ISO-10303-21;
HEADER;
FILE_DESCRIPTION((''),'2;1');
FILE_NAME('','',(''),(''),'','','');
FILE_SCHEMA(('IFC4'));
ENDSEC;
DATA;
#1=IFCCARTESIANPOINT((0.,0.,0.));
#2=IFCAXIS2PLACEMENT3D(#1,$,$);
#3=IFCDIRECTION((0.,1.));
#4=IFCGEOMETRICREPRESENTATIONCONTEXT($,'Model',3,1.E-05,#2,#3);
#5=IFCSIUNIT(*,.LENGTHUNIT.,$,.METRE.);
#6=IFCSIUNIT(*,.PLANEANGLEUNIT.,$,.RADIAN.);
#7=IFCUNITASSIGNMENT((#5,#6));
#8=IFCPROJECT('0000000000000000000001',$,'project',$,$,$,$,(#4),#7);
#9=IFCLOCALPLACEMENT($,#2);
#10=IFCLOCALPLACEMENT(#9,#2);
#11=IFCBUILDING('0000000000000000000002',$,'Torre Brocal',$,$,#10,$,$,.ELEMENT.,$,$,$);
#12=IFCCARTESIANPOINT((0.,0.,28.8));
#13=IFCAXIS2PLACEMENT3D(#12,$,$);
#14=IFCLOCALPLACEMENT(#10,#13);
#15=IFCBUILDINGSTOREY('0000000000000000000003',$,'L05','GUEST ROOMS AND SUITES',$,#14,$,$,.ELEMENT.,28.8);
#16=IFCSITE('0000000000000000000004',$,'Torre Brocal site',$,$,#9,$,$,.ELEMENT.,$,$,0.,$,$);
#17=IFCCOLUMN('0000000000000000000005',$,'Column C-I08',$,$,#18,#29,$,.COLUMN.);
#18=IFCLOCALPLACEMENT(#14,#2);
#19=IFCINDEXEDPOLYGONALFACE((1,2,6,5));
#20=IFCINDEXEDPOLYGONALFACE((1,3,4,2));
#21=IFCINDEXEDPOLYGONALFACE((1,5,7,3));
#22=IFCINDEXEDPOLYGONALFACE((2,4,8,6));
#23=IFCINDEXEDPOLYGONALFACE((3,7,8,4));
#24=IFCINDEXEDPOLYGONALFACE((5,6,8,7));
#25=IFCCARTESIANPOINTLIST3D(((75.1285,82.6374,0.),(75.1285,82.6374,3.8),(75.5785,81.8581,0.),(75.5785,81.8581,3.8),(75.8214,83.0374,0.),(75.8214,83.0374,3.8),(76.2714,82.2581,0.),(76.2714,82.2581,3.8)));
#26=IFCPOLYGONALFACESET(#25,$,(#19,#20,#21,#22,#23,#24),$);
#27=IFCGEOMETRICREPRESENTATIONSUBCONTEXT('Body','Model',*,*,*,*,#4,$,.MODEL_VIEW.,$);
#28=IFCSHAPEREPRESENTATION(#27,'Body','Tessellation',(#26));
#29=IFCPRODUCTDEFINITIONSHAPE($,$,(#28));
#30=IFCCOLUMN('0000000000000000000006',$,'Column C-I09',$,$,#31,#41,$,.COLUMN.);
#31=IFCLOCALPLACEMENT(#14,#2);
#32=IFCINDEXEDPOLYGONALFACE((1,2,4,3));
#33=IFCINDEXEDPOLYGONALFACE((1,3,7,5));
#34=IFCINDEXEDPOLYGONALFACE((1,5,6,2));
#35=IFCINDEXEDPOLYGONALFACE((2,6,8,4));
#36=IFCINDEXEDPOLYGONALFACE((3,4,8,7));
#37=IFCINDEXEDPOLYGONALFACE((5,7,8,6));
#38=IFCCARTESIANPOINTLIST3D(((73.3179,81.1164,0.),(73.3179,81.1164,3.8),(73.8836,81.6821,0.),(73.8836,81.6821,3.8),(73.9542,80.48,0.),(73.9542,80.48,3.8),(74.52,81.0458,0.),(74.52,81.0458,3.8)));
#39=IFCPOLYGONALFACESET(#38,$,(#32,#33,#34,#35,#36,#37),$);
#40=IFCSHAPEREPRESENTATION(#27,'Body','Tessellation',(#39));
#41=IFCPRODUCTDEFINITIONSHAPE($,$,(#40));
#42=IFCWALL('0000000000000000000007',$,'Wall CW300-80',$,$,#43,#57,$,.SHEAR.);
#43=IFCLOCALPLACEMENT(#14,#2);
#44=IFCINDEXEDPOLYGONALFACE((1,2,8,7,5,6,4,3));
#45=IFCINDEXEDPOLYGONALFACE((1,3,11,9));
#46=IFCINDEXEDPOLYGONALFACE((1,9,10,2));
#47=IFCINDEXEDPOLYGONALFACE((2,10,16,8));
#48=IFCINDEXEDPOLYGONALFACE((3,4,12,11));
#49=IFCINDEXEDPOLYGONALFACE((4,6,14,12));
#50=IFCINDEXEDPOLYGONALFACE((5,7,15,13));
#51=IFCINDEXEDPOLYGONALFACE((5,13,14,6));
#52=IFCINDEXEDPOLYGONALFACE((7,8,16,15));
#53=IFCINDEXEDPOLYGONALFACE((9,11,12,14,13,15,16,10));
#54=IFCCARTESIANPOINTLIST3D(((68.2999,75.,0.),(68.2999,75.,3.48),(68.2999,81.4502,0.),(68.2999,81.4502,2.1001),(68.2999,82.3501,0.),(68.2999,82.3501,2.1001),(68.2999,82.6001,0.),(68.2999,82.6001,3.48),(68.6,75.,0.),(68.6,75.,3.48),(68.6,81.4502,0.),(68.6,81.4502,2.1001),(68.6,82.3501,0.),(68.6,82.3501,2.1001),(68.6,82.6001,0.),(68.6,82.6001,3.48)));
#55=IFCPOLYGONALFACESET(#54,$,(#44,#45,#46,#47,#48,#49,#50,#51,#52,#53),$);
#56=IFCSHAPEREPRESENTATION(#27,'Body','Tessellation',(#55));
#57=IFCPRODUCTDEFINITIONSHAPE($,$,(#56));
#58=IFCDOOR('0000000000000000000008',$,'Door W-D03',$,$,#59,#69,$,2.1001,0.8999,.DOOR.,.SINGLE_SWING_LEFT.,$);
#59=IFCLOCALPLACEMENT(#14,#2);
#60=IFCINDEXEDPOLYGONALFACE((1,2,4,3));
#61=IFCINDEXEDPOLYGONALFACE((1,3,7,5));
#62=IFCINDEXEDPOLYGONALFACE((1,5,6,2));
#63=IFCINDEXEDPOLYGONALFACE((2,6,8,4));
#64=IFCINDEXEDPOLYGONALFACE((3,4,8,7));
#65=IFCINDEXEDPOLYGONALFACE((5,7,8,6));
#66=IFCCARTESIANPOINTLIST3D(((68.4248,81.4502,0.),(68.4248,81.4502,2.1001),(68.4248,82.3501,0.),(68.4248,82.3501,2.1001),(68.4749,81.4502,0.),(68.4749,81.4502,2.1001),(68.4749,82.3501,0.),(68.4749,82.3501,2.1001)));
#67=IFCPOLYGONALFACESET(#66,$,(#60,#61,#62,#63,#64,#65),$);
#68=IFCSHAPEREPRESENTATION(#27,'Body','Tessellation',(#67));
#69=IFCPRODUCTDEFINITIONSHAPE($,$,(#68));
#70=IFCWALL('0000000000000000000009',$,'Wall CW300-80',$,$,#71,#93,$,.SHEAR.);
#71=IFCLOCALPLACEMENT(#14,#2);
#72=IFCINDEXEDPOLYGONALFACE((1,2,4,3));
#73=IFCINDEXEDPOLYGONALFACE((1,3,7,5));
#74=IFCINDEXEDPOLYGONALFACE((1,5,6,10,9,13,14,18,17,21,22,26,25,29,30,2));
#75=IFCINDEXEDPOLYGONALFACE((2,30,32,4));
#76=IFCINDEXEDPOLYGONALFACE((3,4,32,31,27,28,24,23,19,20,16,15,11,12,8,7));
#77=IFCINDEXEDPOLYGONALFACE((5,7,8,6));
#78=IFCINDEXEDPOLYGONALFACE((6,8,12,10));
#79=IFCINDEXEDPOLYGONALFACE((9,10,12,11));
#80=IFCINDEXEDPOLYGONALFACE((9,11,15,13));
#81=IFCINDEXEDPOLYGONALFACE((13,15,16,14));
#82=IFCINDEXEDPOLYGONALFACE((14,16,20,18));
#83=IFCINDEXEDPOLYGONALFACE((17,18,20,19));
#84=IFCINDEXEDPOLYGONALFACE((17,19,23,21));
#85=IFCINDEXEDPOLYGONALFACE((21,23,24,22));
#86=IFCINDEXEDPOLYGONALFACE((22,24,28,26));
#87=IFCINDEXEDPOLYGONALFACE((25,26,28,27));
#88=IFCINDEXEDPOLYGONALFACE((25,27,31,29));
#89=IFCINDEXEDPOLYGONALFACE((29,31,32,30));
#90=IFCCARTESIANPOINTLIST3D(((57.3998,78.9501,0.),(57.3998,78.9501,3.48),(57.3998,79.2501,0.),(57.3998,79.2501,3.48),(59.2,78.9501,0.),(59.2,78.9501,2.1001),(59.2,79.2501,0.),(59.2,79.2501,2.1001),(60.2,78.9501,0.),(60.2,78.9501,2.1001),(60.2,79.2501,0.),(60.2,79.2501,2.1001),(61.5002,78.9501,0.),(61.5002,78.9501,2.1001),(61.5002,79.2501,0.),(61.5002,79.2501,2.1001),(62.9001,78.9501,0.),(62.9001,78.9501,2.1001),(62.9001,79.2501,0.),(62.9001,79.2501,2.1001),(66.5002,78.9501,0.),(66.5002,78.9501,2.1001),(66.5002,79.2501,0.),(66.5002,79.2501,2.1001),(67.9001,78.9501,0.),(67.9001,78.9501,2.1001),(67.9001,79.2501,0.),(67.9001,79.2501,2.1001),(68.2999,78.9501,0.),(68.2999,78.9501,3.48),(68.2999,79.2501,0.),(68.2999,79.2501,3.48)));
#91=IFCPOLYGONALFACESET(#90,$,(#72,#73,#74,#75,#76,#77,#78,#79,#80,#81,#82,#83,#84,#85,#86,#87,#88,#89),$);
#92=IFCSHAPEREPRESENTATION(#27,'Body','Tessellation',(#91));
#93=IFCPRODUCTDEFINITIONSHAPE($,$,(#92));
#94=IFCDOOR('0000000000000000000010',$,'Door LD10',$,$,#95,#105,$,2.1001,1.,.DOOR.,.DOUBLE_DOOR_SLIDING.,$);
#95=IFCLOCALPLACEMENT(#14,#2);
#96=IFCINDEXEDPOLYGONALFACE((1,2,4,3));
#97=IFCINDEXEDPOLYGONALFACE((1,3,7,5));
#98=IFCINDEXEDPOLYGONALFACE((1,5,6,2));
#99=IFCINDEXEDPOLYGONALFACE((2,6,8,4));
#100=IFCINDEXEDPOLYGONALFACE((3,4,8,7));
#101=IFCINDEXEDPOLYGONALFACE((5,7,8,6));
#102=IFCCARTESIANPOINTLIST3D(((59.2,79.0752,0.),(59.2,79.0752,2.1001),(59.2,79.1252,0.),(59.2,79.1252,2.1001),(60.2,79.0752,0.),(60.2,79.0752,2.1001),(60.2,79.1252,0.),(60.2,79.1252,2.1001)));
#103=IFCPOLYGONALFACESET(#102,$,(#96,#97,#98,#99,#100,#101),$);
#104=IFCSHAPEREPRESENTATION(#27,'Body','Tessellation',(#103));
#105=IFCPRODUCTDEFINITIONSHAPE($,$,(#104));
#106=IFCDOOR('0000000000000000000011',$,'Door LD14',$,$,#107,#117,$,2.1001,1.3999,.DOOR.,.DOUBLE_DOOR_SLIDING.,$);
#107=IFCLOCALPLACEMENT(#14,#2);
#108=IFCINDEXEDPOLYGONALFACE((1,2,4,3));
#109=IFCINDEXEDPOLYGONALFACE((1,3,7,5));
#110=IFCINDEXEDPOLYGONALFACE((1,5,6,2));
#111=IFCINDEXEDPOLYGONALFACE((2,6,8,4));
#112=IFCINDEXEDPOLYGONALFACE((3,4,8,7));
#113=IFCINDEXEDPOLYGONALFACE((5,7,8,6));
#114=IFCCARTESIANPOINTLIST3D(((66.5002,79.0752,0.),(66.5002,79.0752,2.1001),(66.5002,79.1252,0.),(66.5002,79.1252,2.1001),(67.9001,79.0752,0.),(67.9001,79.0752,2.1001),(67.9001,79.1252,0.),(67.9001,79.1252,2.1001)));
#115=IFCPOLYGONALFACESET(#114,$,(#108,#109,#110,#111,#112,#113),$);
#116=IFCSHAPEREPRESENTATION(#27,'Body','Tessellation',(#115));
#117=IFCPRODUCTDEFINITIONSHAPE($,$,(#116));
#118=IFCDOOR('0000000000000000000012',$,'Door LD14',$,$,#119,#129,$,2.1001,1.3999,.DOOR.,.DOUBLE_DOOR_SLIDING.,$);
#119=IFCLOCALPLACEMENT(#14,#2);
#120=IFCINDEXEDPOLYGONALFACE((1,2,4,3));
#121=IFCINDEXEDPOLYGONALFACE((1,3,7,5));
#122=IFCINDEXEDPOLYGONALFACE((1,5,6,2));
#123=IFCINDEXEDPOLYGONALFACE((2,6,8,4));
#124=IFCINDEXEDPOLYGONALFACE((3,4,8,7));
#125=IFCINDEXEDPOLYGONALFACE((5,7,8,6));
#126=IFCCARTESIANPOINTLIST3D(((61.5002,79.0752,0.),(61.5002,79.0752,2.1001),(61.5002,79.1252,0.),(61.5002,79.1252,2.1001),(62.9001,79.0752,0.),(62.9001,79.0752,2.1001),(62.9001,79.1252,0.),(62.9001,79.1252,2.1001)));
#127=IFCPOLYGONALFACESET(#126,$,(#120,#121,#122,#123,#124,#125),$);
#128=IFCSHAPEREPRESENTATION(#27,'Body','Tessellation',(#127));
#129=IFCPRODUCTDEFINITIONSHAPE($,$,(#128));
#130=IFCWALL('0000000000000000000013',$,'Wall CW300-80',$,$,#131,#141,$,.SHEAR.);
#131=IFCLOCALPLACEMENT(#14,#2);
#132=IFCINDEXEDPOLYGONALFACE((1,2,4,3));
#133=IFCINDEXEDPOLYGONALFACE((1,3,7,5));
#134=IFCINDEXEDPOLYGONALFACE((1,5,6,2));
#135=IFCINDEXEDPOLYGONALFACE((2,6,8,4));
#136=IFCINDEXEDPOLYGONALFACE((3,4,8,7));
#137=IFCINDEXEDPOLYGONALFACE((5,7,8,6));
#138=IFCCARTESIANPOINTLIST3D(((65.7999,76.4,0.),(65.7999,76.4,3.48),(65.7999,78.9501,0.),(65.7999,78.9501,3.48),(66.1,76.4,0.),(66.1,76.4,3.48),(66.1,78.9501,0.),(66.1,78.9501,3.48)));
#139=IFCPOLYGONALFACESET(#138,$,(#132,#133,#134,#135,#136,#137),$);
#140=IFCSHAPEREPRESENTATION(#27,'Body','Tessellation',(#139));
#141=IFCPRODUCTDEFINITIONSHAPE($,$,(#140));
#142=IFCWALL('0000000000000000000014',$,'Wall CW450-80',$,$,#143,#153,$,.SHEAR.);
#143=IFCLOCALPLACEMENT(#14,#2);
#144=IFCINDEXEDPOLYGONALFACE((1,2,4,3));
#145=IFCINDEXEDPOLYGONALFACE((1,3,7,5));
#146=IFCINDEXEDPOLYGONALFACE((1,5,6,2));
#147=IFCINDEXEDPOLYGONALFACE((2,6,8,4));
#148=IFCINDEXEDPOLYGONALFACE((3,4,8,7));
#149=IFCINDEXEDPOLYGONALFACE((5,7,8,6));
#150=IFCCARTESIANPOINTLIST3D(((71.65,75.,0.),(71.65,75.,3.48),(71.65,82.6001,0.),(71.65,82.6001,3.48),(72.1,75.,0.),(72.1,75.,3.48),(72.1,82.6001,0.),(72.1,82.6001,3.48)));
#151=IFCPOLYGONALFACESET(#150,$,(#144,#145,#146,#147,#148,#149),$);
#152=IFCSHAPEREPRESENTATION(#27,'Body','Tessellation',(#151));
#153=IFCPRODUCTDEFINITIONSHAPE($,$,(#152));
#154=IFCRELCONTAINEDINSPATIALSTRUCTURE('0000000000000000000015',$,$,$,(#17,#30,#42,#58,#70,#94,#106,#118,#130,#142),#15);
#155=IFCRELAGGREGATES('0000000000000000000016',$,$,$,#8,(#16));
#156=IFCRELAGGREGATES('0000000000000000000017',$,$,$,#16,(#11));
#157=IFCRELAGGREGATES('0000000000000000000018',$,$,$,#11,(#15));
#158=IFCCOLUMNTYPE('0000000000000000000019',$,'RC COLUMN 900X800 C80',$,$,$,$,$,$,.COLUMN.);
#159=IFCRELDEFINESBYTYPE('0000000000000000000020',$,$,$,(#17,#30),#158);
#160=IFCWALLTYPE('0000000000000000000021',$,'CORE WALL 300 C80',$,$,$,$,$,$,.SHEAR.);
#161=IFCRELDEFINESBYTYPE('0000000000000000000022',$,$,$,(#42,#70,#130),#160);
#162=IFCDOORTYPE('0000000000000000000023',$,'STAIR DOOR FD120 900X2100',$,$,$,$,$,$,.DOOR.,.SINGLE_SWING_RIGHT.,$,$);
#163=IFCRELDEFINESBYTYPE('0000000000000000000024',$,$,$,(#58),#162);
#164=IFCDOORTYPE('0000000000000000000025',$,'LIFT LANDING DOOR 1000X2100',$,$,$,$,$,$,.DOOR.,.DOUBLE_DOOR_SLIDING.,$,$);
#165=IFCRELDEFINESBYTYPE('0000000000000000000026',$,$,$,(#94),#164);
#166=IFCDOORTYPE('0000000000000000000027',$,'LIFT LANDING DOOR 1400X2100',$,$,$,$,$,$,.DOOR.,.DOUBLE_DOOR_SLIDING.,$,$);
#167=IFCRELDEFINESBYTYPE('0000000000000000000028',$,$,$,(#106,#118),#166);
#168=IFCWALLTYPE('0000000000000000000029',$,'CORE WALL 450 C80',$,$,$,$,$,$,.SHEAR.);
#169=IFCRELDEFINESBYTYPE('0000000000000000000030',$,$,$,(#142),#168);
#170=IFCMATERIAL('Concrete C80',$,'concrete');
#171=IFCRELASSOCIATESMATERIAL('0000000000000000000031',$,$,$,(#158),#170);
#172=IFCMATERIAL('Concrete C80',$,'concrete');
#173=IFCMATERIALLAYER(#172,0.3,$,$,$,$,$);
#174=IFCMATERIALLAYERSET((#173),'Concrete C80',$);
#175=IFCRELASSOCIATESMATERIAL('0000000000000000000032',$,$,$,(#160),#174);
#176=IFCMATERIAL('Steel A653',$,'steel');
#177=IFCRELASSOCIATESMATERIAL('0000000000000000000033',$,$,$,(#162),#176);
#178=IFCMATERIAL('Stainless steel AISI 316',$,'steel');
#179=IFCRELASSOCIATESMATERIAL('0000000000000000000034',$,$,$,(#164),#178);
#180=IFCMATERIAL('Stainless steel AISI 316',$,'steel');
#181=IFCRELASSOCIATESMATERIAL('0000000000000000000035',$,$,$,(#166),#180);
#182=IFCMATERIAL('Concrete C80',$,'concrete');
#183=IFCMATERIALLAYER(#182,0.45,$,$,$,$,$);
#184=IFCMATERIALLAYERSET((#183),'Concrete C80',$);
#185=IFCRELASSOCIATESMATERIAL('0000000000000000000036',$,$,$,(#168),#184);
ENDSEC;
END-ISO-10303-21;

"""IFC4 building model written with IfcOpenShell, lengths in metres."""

from ifc_helpers import new_model, si_unit, direction, frame, frame_2d, origin, origin_2d, place, context, subcontext, project, spatial, rectangle, extrude, material, layer, layer_set, material_profile, profile_set, type_object, element, fill, save


model = new_model("IFC4")

# Units and contexts
model_context = context("Model", 3, precision=1e-05, world=origin(), true_north=direction((0.0, 1.0)))
body_context = subcontext(model_context, "Body", "Model", "MODEL_VIEW")
ifc_project = project(units=[si_unit("LENGTHUNIT", "METRE"), si_unit("PLANEANGLEUNIT", "RADIAN")], contexts=[model_context])

# Site, building, storey
site_placement = place(None, origin())
site = spatial("IfcSite", under=ifc_project, at=site_placement, Name="Torre Brocal site", CompositionType="ELEMENT", RefElevation=0.0)
building_placement = place(site_placement, origin())
building = spatial("IfcBuilding", under=site, at=building_placement, Name="Torre Brocal", CompositionType="ELEMENT")
storey_placement = place(building_placement, frame((0.0, 0.0, 28.8)))
storey = spatial("IfcBuildingStorey", under=building, at=storey_placement, Name="L05", Description="GUEST ROOMS AND SUITES", CompositionType="ELEMENT", Elevation=28.8)

# Columns
ifc_material_1 = material(Name="Concrete C80", Category="concrete")
ifc_material_profile = material_profile(ifc_material_1, rectangle(XDim=0.8999, YDim=0.8, at=origin_2d()), Name="RC 900X800")
ifc_profile_set = profile_set([ifc_material_profile], Name="Concrete C80")
column_type = type_object("IfcColumnType", Name="RC COLUMN 900X800 C80", PredefinedType="COLUMN", material=ifc_profile_set)
for number, where, z_axis, x_axis, name in (
    (1, (75.7, 82.4478, 0.0), (0.0, 0.0, 1.0), (-0.5, 0.866025, 0.0), "Column C-I08"),
    (2, (73.9189, 81.0811, 0.0), (0.0, 0.0, 1.0), (-0.707107, 0.707107, 0.0), "Column C-I09"),
):
    element("IfcColumn", number, at=place(storey_placement, frame(where, z_axis=z_axis, x_axis=x_axis)), inside=storey, type_object=column_type, Name=name, PredefinedType="COLUMN", context=body_context, shape_type="SweptSolid", body=[
        extrude(rectangle(XDim=0.8999, YDim=0.8, at=origin_2d()), origin(), (0.0, 0.0, 1.0), 3.8),
    ])

# Wall, opening, door
ifc_material_2 = material(Name="Concrete C80", Category="concrete")
ifc_layer_1 = layer(ifc_material_2, 0.3)
ifc_layer_set_1 = layer_set([ifc_layer_1], Name="Concrete C80")
wall_type_1 = type_object("IfcWallType", Name="CORE WALL 300 C80", PredefinedType="SHEAR", material=ifc_layer_set_1)
wall_1_placement = place(storey_placement, frame((68.45, 82.6001, 0.0), z_axis=(0.0, 0.0, 1.0), x_axis=(0.0, -1.0, 0.0)))
wall_1 = element("IfcWall", 3, at=wall_1_placement, inside=storey, type_object=wall_type_1, Name="Wall CW300-80", PredefinedType="SHEAR", context=body_context, shape_type="SweptSolid", body=[
    extrude(rectangle(XDim=7.6001, YDim=0.3, at=frame_2d((3.8, 0.0))), origin(), (0.0, 0.0, 1.0), 3.48),
])
opening_1_placement = place(wall_1_placement, frame((0.25, 0.0, 0.0)))
opening_1 = element("IfcOpeningElement", 4, at=opening_1_placement, cuts=wall_1, PredefinedType="OPENING", context=body_context, shape_type="SweptSolid", body=[
    extrude(rectangle(XDim=0.8999, YDim=2.1001, at=frame_2d((0.45, 1.05))), frame((0.0, 0.1599, 0.0), z_axis=(0.0, -1.0, 0.0), x_axis=(1.0, 0.0, 0.0)), (0.0, 0.0, 1.0), 0.3201),
])
ifc_material_3 = material(Name="Steel A653", Category="steel")
door_type_1 = type_object("IfcDoorType", Name="STAIR DOOR FD120 900X2100", OperationType="SINGLE_SWING_RIGHT", PredefinedType="DOOR", material=ifc_material_3)
door_1_placement = place(opening_1_placement, origin())
door_1 = element("IfcDoor", 5, at=door_1_placement, inside=storey, type_object=door_type_1, Name="Door W-D03", OperationType="SINGLE_SWING_LEFT", OverallHeight=2.1001, OverallWidth=0.8999, PredefinedType="DOOR", context=body_context, shape_type="SweptSolid", body=[
    extrude(rectangle(XDim=0.8999, YDim=2.1001, at=frame_2d((0.45, 1.05))), frame((0.0, 0.0249, 0.0), z_axis=(0.0, -1.0, 0.0), x_axis=(1.0, 0.0, 0.0)), (0.0, 0.0, 1.0), 0.05),
])
fill(opening_1, door_1)

# Wall, openings, doors
wall_2_placement = place(storey_placement, frame((68.3, 79.1001, 0.0), z_axis=(0.0, 0.0, 1.0), x_axis=(-1.0, 0.0, 0.0)))
wall_2 = element("IfcWall", 6, at=wall_2_placement, inside=storey, type_object=wall_type_1, Name="Wall CW300-80", PredefinedType="SHEAR", context=body_context, shape_type="SweptSolid", body=[
    extrude(rectangle(XDim=10.9001, YDim=0.3, at=frame_2d((5.4502, 0.0))), origin(), (0.0, 0.0, 1.0), 3.48),
])
opening_2_placement = place(wall_2_placement, frame((0.3999, 0.0, 0.0)))
opening_2 = element("IfcOpeningElement", 7, at=opening_2_placement, cuts=wall_2, PredefinedType="OPENING", context=body_context, shape_type="SweptSolid", body=[
    extrude(rectangle(XDim=1.3999, YDim=2.1001, at=frame_2d((0.7, 1.05))), frame((0.0, 0.1599, 0.0), z_axis=(0.0, -1.0, 0.0), x_axis=(1.0, 0.0, 0.0)), (0.0, 0.0, 1.0), 0.3201),
])
opening_3_placement = place(wall_2_placement, frame((5.3999, 0.0, 0.0)))
opening_3 = element("IfcOpeningElement", 8, at=opening_3_placement, cuts=wall_2, PredefinedType="OPENING", context=body_context, shape_type="SweptSolid", body=[
    extrude(rectangle(XDim=1.3999, YDim=2.1001, at=frame_2d((0.7, 1.05))), frame((0.0, 0.1599, 0.0), z_axis=(0.0, -1.0, 0.0), x_axis=(1.0, 0.0, 0.0)), (0.0, 0.0, 1.0), 0.3201),
])
opening_4_placement = place(wall_2_placement, frame((8.1001, 0.0, 0.0)))
opening_4 = element("IfcOpeningElement", 9, at=opening_4_placement, cuts=wall_2, PredefinedType="OPENING", context=body_context, shape_type="SweptSolid", body=[
    extrude(rectangle(XDim=1.0, YDim=2.1001, at=frame_2d((0.5, 1.05))), frame((0.0, 0.1599, 0.0), z_axis=(0.0, -1.0, 0.0), x_axis=(1.0, 0.0, 0.0)), (0.0, 0.0, 1.0), 0.3201),
])
ifc_material_4 = material(Name="Stainless steel AISI 316", Category="steel")
door_type_2 = type_object("IfcDoorType", Name="LIFT LANDING DOOR 1000X2100", OperationType="DOUBLE_DOOR_SLIDING", PredefinedType="DOOR", material=ifc_material_4)
door_2_placement = place(opening_4_placement, origin())
door_2 = element("IfcDoor", 10, at=door_2_placement, inside=storey, type_object=door_type_2, Name="Door LD10", OperationType="DOUBLE_DOOR_SLIDING", OverallHeight=2.1001, OverallWidth=1.0, PredefinedType="DOOR", context=body_context, shape_type="SweptSolid", body=[
    extrude(rectangle(XDim=1.0, YDim=2.1001, at=frame_2d((0.5, 1.05))), frame((0.0, 0.0249, 0.0), z_axis=(0.0, -1.0, 0.0), x_axis=(1.0, 0.0, 0.0)), (0.0, 0.0, 1.0), 0.05),
])
fill(opening_4, door_2)
ifc_material_5 = material(Name="Stainless steel AISI 316", Category="steel")
door_type_3 = type_object("IfcDoorType", Name="LIFT LANDING DOOR 1400X2100", OperationType="DOUBLE_DOOR_SLIDING", PredefinedType="DOOR", material=ifc_material_5)
door_3_placement = place(opening_2_placement, origin())
door_3 = element("IfcDoor", 11, at=door_3_placement, inside=storey, type_object=door_type_3, Name="Door LD14", OperationType="DOUBLE_DOOR_SLIDING", OverallHeight=2.1001, OverallWidth=1.3999, PredefinedType="DOOR", context=body_context, shape_type="SweptSolid", body=[
    extrude(rectangle(XDim=1.3999, YDim=2.1001, at=frame_2d((0.7, 1.05))), frame((0.0, 0.0249, 0.0), z_axis=(0.0, -1.0, 0.0), x_axis=(1.0, 0.0, 0.0)), (0.0, 0.0, 1.0), 0.05),
])
fill(opening_2, door_3)
door_4_placement = place(opening_3_placement, origin())
door_4 = element("IfcDoor", 12, at=door_4_placement, inside=storey, type_object=door_type_3, Name="Door LD14", OperationType="DOUBLE_DOOR_SLIDING", OverallHeight=2.1001, OverallWidth=1.3999, PredefinedType="DOOR", context=body_context, shape_type="SweptSolid", body=[
    extrude(rectangle(XDim=1.3999, YDim=2.1001, at=frame_2d((0.7, 1.05))), frame((0.0, 0.0249, 0.0), z_axis=(0.0, -1.0, 0.0), x_axis=(1.0, 0.0, 0.0)), (0.0, 0.0, 1.0), 0.05),
])
fill(opening_3, door_4)

# Walls
wall_3_placement = place(storey_placement, frame((65.95, 78.95, 0.0), z_axis=(0.0, 0.0, 1.0), x_axis=(0.0, -1.0, 0.0)))
element("IfcWall", 13, at=wall_3_placement, inside=storey, type_object=wall_type_1, Name="Wall CW300-80", PredefinedType="SHEAR", context=body_context, shape_type="SweptSolid", body=[
    extrude(rectangle(XDim=2.55, YDim=0.3, at=frame_2d((1.2749, 0.0))), origin(), (0.0, 0.0, 1.0), 3.48),
])
ifc_material_6 = material(Name="Concrete C80", Category="concrete")
ifc_layer_2 = layer(ifc_material_6, 0.45)
ifc_layer_set_2 = layer_set([ifc_layer_2], Name="Concrete C80")
wall_type_2 = type_object("IfcWallType", Name="CORE WALL 450 C80", PredefinedType="SHEAR", material=ifc_layer_set_2)
wall_4_placement = place(storey_placement, frame((71.875, 82.6001, 0.0), z_axis=(0.0, 0.0, 1.0), x_axis=(0.0, -1.0, 0.0)))
element("IfcWall", 14, at=wall_4_placement, inside=storey, type_object=wall_type_2, Name="Wall CW450-80", PredefinedType="SHEAR", context=body_context, shape_type="SweptSolid", body=[
    extrude(rectangle(XDim=7.6001, YDim=0.45, at=frame_2d((3.8, 0.0))), origin(), (0.0, 0.0, 1.0), 3.48),
])

save(model, "model.ifc")
